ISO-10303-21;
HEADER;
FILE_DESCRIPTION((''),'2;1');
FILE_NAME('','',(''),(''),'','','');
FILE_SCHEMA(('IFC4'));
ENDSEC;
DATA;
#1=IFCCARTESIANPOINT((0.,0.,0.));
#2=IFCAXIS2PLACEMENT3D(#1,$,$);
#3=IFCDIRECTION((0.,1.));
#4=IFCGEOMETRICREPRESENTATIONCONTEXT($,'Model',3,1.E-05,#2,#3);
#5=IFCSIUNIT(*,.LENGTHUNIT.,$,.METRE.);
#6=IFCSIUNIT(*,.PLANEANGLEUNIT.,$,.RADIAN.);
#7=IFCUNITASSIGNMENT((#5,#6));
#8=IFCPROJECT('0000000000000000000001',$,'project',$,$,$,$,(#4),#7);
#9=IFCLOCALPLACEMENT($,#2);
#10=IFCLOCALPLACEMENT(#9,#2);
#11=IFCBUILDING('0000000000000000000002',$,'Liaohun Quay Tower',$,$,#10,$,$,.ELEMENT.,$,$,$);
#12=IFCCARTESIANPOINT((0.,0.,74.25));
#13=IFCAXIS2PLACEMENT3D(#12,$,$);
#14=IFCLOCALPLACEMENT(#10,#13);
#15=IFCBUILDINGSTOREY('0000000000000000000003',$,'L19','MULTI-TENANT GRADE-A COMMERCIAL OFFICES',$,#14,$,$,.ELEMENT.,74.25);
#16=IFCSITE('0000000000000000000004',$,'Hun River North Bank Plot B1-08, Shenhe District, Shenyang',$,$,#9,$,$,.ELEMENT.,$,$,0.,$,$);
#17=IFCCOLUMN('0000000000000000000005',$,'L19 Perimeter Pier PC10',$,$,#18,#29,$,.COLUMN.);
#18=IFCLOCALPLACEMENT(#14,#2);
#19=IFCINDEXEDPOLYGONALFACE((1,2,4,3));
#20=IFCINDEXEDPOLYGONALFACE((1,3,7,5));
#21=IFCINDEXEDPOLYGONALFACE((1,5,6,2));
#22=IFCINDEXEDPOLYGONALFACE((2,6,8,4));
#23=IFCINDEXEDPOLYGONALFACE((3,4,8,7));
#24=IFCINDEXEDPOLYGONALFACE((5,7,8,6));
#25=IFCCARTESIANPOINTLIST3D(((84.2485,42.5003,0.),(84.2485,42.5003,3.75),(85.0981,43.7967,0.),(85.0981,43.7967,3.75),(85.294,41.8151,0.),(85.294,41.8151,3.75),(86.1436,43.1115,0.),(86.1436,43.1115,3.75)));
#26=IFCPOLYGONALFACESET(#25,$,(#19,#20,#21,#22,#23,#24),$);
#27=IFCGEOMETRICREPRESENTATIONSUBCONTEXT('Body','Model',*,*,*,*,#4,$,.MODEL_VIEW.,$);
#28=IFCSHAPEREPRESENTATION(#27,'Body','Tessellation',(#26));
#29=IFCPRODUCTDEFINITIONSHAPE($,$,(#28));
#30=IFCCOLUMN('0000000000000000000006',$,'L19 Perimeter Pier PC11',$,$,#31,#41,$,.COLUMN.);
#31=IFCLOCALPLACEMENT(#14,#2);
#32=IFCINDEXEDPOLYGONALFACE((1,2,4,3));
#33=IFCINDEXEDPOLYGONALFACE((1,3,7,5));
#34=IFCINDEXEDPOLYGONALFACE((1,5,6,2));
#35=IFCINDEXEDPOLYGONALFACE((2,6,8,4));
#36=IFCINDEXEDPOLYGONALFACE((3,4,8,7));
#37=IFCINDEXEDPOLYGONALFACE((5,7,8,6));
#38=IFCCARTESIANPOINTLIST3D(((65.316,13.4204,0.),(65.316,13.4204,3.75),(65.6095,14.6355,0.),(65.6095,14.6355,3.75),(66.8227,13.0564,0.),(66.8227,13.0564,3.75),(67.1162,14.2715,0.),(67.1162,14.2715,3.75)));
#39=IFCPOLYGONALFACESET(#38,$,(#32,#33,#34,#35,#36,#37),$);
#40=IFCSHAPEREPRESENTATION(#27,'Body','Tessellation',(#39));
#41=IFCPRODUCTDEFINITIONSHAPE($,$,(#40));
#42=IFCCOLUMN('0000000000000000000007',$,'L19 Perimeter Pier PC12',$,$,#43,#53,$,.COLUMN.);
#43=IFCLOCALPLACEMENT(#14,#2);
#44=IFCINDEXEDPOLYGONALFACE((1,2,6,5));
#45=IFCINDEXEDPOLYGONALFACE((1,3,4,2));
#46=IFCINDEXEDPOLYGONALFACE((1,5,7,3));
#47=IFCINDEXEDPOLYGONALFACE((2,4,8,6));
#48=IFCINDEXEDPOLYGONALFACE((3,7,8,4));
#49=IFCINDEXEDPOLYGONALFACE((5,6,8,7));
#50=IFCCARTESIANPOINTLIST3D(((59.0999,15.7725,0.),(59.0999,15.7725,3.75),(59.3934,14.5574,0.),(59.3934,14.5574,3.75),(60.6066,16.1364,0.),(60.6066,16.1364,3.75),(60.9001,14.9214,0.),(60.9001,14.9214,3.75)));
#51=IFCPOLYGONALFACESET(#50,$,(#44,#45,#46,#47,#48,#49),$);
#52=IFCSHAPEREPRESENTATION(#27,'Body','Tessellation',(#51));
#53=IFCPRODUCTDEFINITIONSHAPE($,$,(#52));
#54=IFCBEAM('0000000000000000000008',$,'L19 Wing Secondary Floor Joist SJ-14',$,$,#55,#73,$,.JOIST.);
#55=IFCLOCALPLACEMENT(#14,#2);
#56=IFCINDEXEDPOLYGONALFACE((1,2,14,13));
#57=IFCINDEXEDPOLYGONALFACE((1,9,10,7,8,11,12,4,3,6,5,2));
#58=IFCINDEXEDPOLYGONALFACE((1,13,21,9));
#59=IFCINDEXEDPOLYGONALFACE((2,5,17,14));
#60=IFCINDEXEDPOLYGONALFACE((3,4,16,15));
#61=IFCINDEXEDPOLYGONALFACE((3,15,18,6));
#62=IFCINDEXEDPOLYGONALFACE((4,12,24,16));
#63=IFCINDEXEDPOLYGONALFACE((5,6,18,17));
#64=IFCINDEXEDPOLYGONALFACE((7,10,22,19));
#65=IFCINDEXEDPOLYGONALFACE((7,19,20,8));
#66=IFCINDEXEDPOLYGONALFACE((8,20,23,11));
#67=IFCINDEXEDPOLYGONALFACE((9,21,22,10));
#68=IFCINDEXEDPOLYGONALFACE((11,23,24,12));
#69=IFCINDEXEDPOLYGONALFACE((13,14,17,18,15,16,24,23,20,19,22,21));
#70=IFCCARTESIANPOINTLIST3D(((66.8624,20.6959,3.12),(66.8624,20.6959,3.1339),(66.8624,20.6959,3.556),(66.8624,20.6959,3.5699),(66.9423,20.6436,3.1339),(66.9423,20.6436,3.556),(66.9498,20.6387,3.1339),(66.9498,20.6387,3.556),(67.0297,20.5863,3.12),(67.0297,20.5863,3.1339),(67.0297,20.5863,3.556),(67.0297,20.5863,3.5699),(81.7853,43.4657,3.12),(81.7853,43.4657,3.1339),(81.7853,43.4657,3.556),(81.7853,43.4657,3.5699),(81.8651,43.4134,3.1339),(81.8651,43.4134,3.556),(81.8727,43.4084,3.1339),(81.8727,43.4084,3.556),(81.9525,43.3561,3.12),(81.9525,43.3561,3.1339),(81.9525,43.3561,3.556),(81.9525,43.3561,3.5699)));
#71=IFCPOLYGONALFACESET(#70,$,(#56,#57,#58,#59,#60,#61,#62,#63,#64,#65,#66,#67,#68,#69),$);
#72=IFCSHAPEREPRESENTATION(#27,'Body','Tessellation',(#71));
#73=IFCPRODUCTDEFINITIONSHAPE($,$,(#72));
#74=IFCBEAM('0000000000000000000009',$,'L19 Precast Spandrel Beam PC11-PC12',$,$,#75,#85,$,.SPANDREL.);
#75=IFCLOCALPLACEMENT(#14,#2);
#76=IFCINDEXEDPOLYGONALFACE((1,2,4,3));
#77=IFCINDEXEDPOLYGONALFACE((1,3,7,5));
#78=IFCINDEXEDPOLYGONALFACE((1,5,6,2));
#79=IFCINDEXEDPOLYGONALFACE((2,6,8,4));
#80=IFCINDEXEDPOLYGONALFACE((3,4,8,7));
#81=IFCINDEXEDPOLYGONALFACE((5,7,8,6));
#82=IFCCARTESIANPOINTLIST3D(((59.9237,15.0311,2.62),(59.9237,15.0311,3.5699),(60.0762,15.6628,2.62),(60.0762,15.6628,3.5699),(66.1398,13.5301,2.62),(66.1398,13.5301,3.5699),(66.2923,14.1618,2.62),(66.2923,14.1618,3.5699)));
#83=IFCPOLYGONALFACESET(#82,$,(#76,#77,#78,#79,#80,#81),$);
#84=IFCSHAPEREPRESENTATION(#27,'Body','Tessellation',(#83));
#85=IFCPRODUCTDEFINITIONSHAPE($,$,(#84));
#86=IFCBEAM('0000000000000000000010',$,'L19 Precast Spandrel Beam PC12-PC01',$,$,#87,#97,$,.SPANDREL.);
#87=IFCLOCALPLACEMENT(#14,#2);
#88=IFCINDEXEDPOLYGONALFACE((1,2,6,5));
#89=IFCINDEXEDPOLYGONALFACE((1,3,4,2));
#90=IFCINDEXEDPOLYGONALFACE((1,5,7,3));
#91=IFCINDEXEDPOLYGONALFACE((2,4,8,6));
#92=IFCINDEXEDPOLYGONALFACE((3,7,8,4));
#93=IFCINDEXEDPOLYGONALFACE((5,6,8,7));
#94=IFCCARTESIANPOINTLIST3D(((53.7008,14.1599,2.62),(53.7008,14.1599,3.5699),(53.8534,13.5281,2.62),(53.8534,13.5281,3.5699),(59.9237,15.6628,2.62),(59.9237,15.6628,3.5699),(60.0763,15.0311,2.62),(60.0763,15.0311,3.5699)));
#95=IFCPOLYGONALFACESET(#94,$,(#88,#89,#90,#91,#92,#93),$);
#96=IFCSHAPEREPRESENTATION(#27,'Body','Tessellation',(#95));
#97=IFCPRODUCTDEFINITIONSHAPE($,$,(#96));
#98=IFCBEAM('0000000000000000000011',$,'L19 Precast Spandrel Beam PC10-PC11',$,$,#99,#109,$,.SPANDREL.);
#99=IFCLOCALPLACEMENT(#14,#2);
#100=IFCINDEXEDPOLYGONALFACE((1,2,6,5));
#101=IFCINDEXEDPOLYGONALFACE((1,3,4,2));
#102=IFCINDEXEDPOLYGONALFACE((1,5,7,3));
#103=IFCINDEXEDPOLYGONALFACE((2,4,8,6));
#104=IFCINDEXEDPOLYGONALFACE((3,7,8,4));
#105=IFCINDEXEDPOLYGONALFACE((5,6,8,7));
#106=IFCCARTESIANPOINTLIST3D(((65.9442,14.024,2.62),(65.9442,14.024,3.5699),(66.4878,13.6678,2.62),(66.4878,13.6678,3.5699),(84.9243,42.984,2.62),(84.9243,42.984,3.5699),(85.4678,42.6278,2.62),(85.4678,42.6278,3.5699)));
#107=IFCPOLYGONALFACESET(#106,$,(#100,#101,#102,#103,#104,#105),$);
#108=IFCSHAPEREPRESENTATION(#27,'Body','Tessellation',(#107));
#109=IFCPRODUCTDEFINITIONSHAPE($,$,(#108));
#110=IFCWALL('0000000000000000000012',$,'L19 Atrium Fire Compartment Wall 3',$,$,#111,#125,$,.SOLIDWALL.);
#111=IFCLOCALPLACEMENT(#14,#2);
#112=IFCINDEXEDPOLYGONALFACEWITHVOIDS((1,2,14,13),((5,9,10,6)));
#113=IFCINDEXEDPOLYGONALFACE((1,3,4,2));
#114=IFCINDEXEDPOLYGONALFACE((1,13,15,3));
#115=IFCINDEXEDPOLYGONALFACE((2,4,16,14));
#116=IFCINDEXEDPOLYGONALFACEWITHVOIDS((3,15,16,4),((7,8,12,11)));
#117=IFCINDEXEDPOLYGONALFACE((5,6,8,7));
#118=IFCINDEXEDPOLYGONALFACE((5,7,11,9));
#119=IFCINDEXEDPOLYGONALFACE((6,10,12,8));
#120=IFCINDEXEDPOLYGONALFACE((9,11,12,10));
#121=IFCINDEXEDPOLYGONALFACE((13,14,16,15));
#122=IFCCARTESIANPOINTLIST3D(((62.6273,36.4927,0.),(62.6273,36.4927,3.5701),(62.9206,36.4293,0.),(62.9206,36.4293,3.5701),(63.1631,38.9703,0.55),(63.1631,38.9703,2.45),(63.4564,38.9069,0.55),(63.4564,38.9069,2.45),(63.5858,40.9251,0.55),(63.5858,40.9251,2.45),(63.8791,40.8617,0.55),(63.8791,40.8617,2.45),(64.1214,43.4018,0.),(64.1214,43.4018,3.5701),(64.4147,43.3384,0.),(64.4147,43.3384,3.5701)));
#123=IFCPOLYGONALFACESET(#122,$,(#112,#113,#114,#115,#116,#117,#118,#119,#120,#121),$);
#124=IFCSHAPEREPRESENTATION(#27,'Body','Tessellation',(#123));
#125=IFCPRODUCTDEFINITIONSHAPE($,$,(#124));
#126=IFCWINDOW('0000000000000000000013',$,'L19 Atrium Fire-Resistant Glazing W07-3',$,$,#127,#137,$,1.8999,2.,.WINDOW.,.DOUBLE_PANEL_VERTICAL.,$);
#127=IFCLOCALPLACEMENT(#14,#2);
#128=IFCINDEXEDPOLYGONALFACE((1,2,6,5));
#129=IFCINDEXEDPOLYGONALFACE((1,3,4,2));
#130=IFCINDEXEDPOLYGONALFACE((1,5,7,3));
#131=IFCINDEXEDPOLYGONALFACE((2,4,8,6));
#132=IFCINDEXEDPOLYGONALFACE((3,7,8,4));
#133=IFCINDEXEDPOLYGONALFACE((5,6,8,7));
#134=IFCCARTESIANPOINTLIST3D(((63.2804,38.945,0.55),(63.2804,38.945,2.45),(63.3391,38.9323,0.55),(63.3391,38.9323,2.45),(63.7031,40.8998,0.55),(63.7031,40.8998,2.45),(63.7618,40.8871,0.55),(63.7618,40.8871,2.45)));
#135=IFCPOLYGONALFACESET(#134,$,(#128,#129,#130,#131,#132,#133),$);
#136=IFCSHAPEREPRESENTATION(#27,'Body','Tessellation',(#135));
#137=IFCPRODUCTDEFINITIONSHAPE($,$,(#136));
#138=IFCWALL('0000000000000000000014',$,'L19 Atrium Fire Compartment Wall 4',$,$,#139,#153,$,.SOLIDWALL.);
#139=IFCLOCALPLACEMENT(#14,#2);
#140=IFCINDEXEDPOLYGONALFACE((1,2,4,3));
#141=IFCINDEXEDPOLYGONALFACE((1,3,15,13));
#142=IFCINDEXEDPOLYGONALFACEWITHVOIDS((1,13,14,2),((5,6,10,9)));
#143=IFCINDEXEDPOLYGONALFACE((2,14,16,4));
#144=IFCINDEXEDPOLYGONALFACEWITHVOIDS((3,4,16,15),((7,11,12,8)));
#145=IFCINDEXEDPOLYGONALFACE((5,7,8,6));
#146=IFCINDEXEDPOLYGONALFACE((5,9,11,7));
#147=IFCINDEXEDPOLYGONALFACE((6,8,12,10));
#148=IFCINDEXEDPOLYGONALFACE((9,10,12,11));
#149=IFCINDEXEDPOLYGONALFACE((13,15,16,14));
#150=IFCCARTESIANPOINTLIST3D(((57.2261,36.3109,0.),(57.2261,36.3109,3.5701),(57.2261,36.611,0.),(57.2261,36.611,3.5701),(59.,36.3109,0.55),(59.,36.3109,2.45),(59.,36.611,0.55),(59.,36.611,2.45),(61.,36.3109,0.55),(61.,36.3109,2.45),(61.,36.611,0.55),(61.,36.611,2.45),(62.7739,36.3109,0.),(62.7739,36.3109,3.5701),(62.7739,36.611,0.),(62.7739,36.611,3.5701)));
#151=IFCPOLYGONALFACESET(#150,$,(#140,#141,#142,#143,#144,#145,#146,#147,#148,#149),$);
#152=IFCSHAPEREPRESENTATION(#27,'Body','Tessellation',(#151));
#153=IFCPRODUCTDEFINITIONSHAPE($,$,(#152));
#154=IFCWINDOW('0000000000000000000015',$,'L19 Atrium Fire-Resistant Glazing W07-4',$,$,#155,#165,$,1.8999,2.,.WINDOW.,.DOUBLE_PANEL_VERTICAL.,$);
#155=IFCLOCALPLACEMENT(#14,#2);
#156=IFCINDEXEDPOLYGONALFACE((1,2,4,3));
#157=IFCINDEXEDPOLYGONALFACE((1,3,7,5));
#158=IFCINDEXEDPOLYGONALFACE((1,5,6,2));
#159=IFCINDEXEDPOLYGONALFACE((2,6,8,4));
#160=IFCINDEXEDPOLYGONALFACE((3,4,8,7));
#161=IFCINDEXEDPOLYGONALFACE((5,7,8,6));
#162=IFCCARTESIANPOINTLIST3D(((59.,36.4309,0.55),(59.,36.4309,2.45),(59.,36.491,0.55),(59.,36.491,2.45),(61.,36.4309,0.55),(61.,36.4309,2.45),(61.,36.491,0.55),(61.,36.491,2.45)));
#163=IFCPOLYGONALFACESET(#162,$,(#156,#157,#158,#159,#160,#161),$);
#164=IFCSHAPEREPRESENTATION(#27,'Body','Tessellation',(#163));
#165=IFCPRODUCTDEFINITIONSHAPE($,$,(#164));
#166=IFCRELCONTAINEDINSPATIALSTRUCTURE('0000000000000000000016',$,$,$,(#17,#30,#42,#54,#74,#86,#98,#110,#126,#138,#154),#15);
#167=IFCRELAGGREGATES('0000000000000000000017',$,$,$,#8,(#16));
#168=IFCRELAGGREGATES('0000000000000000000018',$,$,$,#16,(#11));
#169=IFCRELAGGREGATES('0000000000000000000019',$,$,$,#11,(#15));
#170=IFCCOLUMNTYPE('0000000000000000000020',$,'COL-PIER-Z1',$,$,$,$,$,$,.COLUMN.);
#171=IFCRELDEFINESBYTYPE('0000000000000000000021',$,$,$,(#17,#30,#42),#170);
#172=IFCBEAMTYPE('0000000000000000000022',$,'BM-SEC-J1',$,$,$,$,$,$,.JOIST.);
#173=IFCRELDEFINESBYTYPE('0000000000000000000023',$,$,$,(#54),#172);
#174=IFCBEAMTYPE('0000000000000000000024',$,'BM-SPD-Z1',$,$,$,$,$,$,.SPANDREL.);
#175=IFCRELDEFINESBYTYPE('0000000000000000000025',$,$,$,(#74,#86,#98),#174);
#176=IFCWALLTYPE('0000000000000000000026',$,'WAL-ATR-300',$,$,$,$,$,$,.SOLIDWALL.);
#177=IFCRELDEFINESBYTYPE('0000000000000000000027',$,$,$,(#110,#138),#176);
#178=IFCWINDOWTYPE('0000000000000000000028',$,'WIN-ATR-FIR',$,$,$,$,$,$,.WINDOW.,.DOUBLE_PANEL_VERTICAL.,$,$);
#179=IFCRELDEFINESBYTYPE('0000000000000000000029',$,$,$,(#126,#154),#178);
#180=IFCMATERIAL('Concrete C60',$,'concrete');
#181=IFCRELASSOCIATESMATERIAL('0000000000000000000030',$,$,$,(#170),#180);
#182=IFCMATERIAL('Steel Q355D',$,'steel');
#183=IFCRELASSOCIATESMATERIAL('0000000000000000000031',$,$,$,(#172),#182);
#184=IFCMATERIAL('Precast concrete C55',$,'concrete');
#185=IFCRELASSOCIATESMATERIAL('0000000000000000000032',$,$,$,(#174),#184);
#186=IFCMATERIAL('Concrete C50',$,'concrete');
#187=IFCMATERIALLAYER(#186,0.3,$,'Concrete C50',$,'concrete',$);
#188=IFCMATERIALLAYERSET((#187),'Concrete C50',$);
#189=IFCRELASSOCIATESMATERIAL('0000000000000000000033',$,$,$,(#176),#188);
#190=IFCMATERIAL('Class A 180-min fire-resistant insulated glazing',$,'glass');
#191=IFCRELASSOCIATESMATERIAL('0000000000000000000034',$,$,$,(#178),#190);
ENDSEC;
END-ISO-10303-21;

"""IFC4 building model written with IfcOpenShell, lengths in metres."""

from ifc_helpers import new_model, si_unit, direction, frame, frame_2d, origin, origin_2d, place, context, subcontext, project, spatial, rectangle, i_section, extrude, source, transform, mapped, material, layer, layer_set, material_profile, profile_set, type_object, element, fill, save


model = new_model("IFC4")

# Units and contexts
model_context = context("Model", 3, precision=1e-05, world=origin(), true_north=direction((0.0, 1.0)))
body_context = subcontext(model_context, "Body", "Model", "MODEL_VIEW")
ifc_project = project(units=[si_unit("LENGTHUNIT", "METRE"), si_unit("PLANEANGLEUNIT", "RADIAN")], contexts=[model_context])

# Site, building, storey
site_placement = place(None, origin())
site = spatial("IfcSite", under=ifc_project, at=site_placement, Name="Hun River North Bank Plot B1-08, Shenhe District, Shenyang", CompositionType="ELEMENT", RefElevation=0.0)
building_placement = place(site_placement, origin())
building = spatial("IfcBuilding", under=site, at=building_placement, Name="Liaohun Quay Tower", CompositionType="ELEMENT")
storey_placement = place(building_placement, frame((0.0, 0.0, 74.25)))
storey = spatial("IfcBuildingStorey", under=building, at=storey_placement, Name="L19", Description="MULTI-TENANT GRADE-A COMMERCIAL OFFICES", CompositionType="ELEMENT", Elevation=74.25)

# Columns
ifc_material_1 = material(Name="Concrete C60", Category="concrete")
ifc_material_profile_1 = material_profile(ifc_material_1, rectangle(XDim=1.55, YDim=1.25, at=origin_2d()), Name="RC1550x1250")
ifc_profile_set_1 = profile_set([ifc_material_profile_1], Name="Concrete C60")
column_type = type_object("IfcColumnType", Name="COL-PIER-Z1", PredefinedType="COLUMN", material=ifc_profile_set_1)
shared_shape_1 = source(origin(), body_context, "Body", "SweptSolid", [
    extrude(rectangle(XDim=1.55, YDim=1.25, at=origin_2d()), origin(), (0.0, 0.0, 1.0), 3.75),
])
for number, where, z_axis, x_axis, name in (
    (1, (85.196, 42.8059, 0.0), (0.0, 0.0, 1.0), (0.548147, 0.836382, 0.0), "L19 Perimeter Pier PC10"),
    (2, (66.2161, 13.8459, 0.0), (0.0, 0.0, 1.0), (-0.972043, 0.234803, 0.0), "L19 Perimeter Pier PC11"),
    (3, (60.0, 15.3469, 0.0), (0.0, 0.0, 1.0), (0.972043, 0.234803, 0.0), "L19 Perimeter Pier PC12"),
):
    element("IfcColumn", number, at=place(storey_placement, frame(where, z_axis=z_axis, x_axis=x_axis)), inside=storey, type_object=column_type, Name=name, PredefinedType="COLUMN", context=body_context, shape_type="MappedRepresentation", body=[
        mapped(shared_shape_1, transform((0.0, 0.0, 0.0), x_axis=(1.0, 0.0, 0.0), y_axis=(0.0, 1.0, 0.0), z_axis=(0.0, 0.0, 1.0), scale=1.0)),
    ])

# Beams
ifc_material_2 = material(Name="Steel Q355D", Category="steel")
ifc_material_profile_2 = material_profile(ifc_material_2, i_section(OverallWidth=0.2, OverallDepth=0.45, WebThickness=0.009, FlangeThickness=0.0139, at=origin_2d()), Name="HN450x200x9x14")
ifc_profile_set_2 = profile_set([ifc_material_profile_2], Name="Steel Q355D")
beam_type_1 = type_object("IfcBeamType", Name="BM-SEC-J1", PredefinedType="JOIST", material=ifc_profile_set_2)
shared_shape_2 = source(origin(), body_context, "Body", "SweptSolid", [
    extrude(i_section(OverallWidth=0.2, OverallDepth=0.45, WebThickness=0.009, FlangeThickness=0.0139, at=origin_2d()), origin(), (0.0, 0.0, 1.0), 27.2241),
])
beam_1_placement = place(storey_placement, frame((81.8689, 43.4109, 3.345), z_axis=(-0.548148, -0.836382, 0.0), x_axis=(0.836382, -0.548148, 0.0)))
element("IfcBeam", 4, at=beam_1_placement, inside=storey, type_object=beam_type_1, Name="L19 Wing Secondary Floor Joist SJ-14", PredefinedType="JOIST", context=body_context, shape_type="MappedRepresentation", body=[
    mapped(shared_shape_2, transform((0.0, 0.0, 0.0), x_axis=(1.0, 0.0, 0.0), y_axis=(0.0, 1.0, 0.0), z_axis=(0.0, 0.0, 1.0), scale=1.0)),
])
ifc_material_3 = material(Name="Precast concrete C55", Category="concrete")
ifc_material_profile_3 = material_profile(ifc_material_3, rectangle(XDim=0.6499, YDim=0.95, at=origin_2d()), Name="RC650x950")
ifc_profile_set_3 = profile_set([ifc_material_profile_3], Name="Precast concrete C55")
beam_type_2 = type_object("IfcBeamType", Name="BM-SPD-Z1", PredefinedType="SPANDREL", material=ifc_profile_set_3)
shared_shape_3 = source(origin(), body_context, "Body", "SweptSolid", [
    extrude(rectangle(XDim=0.6499, YDim=0.95, at=origin_2d()), origin(), (0.0, 0.0, 1.0), 6.3948),
])
beam_2_placement = place(storey_placement, frame((66.2161, 13.8459, 3.095), z_axis=(-0.972063, 0.234721, 0.0), x_axis=(-0.234721, -0.972063, 0.0)))
element("IfcBeam", 5, at=beam_2_placement, inside=storey, type_object=beam_type_2, Name="L19 Precast Spandrel Beam PC11-PC12", PredefinedType="SPANDREL", context=body_context, shape_type="MappedRepresentation", body=[
    mapped(shared_shape_3, transform((0.0, 0.0, 0.0), x_axis=(1.0, 0.0, 0.0), y_axis=(0.0, 1.0, 0.0), z_axis=(0.0, 0.0, 1.0), scale=1.0)),
])
shared_shape_4 = source(origin(), body_context, "Body", "SweptSolid", [
    extrude(rectangle(XDim=0.6499, YDim=0.95, at=origin_2d()), origin(), (0.0, 0.0, 1.0), 6.4019),
])
beam_3_placement = place(storey_placement, frame((60.0, 15.3469, 3.095), z_axis=(-0.972052, -0.234766, 0.0), x_axis=(0.234766, -0.972052, 0.0)))
element("IfcBeam", 6, at=beam_3_placement, inside=storey, type_object=beam_type_2, Name="L19 Precast Spandrel Beam PC12-PC01", PredefinedType="SPANDREL", context=body_context, shape_type="MappedRepresentation", body=[
    mapped(shared_shape_4, transform((0.0, 0.0, 0.0), x_axis=(1.0, 0.0, 0.0), y_axis=(0.0, 1.0, 0.0), z_axis=(0.0, 0.0, 1.0), scale=1.0)),
])
shared_shape_5 = source(origin(), body_context, "Body", "SweptSolid", [
    extrude(rectangle(XDim=0.6499, YDim=0.95, at=origin_2d()), origin(), (0.0, 0.0, 1.0), 34.6255),
])
beam_4_placement = place(storey_placement, frame((85.196, 42.8059, 3.095), z_axis=(-0.548152, -0.836379, 0.0), x_axis=(0.836379, -0.548152, 0.0)))
element("IfcBeam", 7, at=beam_4_placement, inside=storey, type_object=beam_type_2, Name="L19 Precast Spandrel Beam PC10-PC11", PredefinedType="SPANDREL", context=body_context, shape_type="MappedRepresentation", body=[
    mapped(shared_shape_5, transform((0.0, 0.0, 0.0), x_axis=(1.0, 0.0, 0.0), y_axis=(0.0, 1.0, 0.0), z_axis=(0.0, 0.0, 1.0), scale=1.0)),
])

# Walls, openings, windows
ifc_material_4 = material(Name="Concrete C50", Category="concrete")
ifc_layer_1 = layer(ifc_material_4, 0.3, Name="Concrete C50", Category="concrete")
ifc_layer_set_1 = layer_set([ifc_layer_1], Name="Concrete C50")
wall_type_1 = type_object("IfcWallType", Name="WAL-ATR-300", PredefinedType="SOLIDWALL", material=ifc_layer_set_1)
wall_1_placement = place(storey_placement, frame((64.2681, 43.3701, 0.0), z_axis=(0.0, 0.0, 1.0), x_axis=(-0.211368, -0.977406, 0.0)))
wall_1 = element("IfcWall", 8, at=wall_1_placement, inside=storey, type_object=wall_type_1, Name="L19 Atrium Fire Compartment Wall 3", PredefinedType="SOLIDWALL", context=body_context, shape_type="SweptSolid", body=[
    extrude(rectangle(XDim=7.0688, YDim=0.3, at=frame_2d((3.5344, 0.0))), origin(), (0.0, 0.0, 1.0), 3.5701),
])
shared_shape_6 = source(origin(), body_context, "Body", "SweptSolid", [
    extrude(rectangle(XDim=2.0, YDim=1.8999, at=frame_2d((1.0, 0.95))), frame((0.0, 0.1599, 0.0), z_axis=(0.0, -1.0, 0.0), x_axis=(1.0, 0.0, 0.0)), (0.0, 0.0, 1.0), 0.3201),
])
opening_1_placement = place(wall_1_placement, frame((2.5339, 0.0, 0.55)))
opening_1 = element("IfcOpeningElement", 9, at=opening_1_placement, cuts=wall_1, PredefinedType="OPENING", context=body_context, shape_type="MappedRepresentation", body=[
    mapped(shared_shape_6, transform((0.0, 0.0, 0.0), x_axis=(1.0, 0.0, 0.0), y_axis=(0.0, 1.0, 0.0), z_axis=(0.0, 0.0, 1.0), scale=1.0)),
])
ifc_material_5 = material(Name="Class A 180-min fire-resistant insulated glazing", Category="glass")
window_type_1 = type_object("IfcWindowType", Name="WIN-ATR-FIR", PartitioningType="DOUBLE_PANEL_VERTICAL", PredefinedType="WINDOW", material=ifc_material_5)
shared_shape_7 = source(origin(), body_context, "Body", "SweptSolid", [
    extrude(rectangle(XDim=2.0, YDim=1.8999, at=frame_2d((1.0, 0.95))), frame((0.0, 0.03, 0.0), z_axis=(0.0, -1.0, 0.0), x_axis=(1.0, 0.0, 0.0)), (0.0, 0.0, 1.0), 0.0601),
])
window_1_placement = place(opening_1_placement, origin())
window_1 = element("IfcWindow", 10, at=window_1_placement, inside=storey, type_object=window_type_1, Name="L19 Atrium Fire-Resistant Glazing W07-3", OverallHeight=1.8999, OverallWidth=2.0, PartitioningType="DOUBLE_PANEL_VERTICAL", PredefinedType="WINDOW", context=body_context, shape_type="MappedRepresentation", body=[
    mapped(shared_shape_7, transform((0.0, 0.0, 0.0), x_axis=(1.0, 0.0, 0.0), y_axis=(0.0, 1.0, 0.0), z_axis=(0.0, 0.0, 1.0), scale=1.0)),
])
fill(opening_1, window_1)
wall_2_placement = place(storey_placement, frame((62.7739, 36.4609, 0.0), z_axis=(0.0, 0.0, 1.0), x_axis=(-1.0, 0.0, 0.0)))
wall_2 = element("IfcWall", 11, at=wall_2_placement, inside=storey, type_object=wall_type_1, Name="L19 Atrium Fire Compartment Wall 4", PredefinedType="SOLIDWALL", context=body_context, shape_type="SweptSolid", body=[
    extrude(rectangle(XDim=5.5479, YDim=0.3, at=frame_2d((2.7739, 0.0))), origin(), (0.0, 0.0, 1.0), 3.5701),
])
opening_2_placement = place(wall_2_placement, frame((1.7739, 0.0, 0.55)))
opening_2 = element("IfcOpeningElement", 12, at=opening_2_placement, cuts=wall_2, PredefinedType="OPENING", context=body_context, shape_type="MappedRepresentation", body=[
    mapped(shared_shape_6, transform((0.0, 0.0, 0.0), x_axis=(1.0, 0.0, 0.0), y_axis=(0.0, 1.0, 0.0), z_axis=(0.0, 0.0, 1.0), scale=1.0)),
])
window_2_placement = place(opening_2_placement, origin())
window_2 = element("IfcWindow", 13, at=window_2_placement, inside=storey, type_object=window_type_1, Name="L19 Atrium Fire-Resistant Glazing W07-4", OverallHeight=1.8999, OverallWidth=2.0, PartitioningType="DOUBLE_PANEL_VERTICAL", PredefinedType="WINDOW", context=body_context, shape_type="MappedRepresentation", body=[
    mapped(shared_shape_7, transform((0.0, 0.0, 0.0), x_axis=(1.0, 0.0, 0.0), y_axis=(0.0, 1.0, 0.0), z_axis=(0.0, 0.0, 1.0), scale=1.0)),
])
fill(opening_2, window_2)

save(model, "model.ifc")
